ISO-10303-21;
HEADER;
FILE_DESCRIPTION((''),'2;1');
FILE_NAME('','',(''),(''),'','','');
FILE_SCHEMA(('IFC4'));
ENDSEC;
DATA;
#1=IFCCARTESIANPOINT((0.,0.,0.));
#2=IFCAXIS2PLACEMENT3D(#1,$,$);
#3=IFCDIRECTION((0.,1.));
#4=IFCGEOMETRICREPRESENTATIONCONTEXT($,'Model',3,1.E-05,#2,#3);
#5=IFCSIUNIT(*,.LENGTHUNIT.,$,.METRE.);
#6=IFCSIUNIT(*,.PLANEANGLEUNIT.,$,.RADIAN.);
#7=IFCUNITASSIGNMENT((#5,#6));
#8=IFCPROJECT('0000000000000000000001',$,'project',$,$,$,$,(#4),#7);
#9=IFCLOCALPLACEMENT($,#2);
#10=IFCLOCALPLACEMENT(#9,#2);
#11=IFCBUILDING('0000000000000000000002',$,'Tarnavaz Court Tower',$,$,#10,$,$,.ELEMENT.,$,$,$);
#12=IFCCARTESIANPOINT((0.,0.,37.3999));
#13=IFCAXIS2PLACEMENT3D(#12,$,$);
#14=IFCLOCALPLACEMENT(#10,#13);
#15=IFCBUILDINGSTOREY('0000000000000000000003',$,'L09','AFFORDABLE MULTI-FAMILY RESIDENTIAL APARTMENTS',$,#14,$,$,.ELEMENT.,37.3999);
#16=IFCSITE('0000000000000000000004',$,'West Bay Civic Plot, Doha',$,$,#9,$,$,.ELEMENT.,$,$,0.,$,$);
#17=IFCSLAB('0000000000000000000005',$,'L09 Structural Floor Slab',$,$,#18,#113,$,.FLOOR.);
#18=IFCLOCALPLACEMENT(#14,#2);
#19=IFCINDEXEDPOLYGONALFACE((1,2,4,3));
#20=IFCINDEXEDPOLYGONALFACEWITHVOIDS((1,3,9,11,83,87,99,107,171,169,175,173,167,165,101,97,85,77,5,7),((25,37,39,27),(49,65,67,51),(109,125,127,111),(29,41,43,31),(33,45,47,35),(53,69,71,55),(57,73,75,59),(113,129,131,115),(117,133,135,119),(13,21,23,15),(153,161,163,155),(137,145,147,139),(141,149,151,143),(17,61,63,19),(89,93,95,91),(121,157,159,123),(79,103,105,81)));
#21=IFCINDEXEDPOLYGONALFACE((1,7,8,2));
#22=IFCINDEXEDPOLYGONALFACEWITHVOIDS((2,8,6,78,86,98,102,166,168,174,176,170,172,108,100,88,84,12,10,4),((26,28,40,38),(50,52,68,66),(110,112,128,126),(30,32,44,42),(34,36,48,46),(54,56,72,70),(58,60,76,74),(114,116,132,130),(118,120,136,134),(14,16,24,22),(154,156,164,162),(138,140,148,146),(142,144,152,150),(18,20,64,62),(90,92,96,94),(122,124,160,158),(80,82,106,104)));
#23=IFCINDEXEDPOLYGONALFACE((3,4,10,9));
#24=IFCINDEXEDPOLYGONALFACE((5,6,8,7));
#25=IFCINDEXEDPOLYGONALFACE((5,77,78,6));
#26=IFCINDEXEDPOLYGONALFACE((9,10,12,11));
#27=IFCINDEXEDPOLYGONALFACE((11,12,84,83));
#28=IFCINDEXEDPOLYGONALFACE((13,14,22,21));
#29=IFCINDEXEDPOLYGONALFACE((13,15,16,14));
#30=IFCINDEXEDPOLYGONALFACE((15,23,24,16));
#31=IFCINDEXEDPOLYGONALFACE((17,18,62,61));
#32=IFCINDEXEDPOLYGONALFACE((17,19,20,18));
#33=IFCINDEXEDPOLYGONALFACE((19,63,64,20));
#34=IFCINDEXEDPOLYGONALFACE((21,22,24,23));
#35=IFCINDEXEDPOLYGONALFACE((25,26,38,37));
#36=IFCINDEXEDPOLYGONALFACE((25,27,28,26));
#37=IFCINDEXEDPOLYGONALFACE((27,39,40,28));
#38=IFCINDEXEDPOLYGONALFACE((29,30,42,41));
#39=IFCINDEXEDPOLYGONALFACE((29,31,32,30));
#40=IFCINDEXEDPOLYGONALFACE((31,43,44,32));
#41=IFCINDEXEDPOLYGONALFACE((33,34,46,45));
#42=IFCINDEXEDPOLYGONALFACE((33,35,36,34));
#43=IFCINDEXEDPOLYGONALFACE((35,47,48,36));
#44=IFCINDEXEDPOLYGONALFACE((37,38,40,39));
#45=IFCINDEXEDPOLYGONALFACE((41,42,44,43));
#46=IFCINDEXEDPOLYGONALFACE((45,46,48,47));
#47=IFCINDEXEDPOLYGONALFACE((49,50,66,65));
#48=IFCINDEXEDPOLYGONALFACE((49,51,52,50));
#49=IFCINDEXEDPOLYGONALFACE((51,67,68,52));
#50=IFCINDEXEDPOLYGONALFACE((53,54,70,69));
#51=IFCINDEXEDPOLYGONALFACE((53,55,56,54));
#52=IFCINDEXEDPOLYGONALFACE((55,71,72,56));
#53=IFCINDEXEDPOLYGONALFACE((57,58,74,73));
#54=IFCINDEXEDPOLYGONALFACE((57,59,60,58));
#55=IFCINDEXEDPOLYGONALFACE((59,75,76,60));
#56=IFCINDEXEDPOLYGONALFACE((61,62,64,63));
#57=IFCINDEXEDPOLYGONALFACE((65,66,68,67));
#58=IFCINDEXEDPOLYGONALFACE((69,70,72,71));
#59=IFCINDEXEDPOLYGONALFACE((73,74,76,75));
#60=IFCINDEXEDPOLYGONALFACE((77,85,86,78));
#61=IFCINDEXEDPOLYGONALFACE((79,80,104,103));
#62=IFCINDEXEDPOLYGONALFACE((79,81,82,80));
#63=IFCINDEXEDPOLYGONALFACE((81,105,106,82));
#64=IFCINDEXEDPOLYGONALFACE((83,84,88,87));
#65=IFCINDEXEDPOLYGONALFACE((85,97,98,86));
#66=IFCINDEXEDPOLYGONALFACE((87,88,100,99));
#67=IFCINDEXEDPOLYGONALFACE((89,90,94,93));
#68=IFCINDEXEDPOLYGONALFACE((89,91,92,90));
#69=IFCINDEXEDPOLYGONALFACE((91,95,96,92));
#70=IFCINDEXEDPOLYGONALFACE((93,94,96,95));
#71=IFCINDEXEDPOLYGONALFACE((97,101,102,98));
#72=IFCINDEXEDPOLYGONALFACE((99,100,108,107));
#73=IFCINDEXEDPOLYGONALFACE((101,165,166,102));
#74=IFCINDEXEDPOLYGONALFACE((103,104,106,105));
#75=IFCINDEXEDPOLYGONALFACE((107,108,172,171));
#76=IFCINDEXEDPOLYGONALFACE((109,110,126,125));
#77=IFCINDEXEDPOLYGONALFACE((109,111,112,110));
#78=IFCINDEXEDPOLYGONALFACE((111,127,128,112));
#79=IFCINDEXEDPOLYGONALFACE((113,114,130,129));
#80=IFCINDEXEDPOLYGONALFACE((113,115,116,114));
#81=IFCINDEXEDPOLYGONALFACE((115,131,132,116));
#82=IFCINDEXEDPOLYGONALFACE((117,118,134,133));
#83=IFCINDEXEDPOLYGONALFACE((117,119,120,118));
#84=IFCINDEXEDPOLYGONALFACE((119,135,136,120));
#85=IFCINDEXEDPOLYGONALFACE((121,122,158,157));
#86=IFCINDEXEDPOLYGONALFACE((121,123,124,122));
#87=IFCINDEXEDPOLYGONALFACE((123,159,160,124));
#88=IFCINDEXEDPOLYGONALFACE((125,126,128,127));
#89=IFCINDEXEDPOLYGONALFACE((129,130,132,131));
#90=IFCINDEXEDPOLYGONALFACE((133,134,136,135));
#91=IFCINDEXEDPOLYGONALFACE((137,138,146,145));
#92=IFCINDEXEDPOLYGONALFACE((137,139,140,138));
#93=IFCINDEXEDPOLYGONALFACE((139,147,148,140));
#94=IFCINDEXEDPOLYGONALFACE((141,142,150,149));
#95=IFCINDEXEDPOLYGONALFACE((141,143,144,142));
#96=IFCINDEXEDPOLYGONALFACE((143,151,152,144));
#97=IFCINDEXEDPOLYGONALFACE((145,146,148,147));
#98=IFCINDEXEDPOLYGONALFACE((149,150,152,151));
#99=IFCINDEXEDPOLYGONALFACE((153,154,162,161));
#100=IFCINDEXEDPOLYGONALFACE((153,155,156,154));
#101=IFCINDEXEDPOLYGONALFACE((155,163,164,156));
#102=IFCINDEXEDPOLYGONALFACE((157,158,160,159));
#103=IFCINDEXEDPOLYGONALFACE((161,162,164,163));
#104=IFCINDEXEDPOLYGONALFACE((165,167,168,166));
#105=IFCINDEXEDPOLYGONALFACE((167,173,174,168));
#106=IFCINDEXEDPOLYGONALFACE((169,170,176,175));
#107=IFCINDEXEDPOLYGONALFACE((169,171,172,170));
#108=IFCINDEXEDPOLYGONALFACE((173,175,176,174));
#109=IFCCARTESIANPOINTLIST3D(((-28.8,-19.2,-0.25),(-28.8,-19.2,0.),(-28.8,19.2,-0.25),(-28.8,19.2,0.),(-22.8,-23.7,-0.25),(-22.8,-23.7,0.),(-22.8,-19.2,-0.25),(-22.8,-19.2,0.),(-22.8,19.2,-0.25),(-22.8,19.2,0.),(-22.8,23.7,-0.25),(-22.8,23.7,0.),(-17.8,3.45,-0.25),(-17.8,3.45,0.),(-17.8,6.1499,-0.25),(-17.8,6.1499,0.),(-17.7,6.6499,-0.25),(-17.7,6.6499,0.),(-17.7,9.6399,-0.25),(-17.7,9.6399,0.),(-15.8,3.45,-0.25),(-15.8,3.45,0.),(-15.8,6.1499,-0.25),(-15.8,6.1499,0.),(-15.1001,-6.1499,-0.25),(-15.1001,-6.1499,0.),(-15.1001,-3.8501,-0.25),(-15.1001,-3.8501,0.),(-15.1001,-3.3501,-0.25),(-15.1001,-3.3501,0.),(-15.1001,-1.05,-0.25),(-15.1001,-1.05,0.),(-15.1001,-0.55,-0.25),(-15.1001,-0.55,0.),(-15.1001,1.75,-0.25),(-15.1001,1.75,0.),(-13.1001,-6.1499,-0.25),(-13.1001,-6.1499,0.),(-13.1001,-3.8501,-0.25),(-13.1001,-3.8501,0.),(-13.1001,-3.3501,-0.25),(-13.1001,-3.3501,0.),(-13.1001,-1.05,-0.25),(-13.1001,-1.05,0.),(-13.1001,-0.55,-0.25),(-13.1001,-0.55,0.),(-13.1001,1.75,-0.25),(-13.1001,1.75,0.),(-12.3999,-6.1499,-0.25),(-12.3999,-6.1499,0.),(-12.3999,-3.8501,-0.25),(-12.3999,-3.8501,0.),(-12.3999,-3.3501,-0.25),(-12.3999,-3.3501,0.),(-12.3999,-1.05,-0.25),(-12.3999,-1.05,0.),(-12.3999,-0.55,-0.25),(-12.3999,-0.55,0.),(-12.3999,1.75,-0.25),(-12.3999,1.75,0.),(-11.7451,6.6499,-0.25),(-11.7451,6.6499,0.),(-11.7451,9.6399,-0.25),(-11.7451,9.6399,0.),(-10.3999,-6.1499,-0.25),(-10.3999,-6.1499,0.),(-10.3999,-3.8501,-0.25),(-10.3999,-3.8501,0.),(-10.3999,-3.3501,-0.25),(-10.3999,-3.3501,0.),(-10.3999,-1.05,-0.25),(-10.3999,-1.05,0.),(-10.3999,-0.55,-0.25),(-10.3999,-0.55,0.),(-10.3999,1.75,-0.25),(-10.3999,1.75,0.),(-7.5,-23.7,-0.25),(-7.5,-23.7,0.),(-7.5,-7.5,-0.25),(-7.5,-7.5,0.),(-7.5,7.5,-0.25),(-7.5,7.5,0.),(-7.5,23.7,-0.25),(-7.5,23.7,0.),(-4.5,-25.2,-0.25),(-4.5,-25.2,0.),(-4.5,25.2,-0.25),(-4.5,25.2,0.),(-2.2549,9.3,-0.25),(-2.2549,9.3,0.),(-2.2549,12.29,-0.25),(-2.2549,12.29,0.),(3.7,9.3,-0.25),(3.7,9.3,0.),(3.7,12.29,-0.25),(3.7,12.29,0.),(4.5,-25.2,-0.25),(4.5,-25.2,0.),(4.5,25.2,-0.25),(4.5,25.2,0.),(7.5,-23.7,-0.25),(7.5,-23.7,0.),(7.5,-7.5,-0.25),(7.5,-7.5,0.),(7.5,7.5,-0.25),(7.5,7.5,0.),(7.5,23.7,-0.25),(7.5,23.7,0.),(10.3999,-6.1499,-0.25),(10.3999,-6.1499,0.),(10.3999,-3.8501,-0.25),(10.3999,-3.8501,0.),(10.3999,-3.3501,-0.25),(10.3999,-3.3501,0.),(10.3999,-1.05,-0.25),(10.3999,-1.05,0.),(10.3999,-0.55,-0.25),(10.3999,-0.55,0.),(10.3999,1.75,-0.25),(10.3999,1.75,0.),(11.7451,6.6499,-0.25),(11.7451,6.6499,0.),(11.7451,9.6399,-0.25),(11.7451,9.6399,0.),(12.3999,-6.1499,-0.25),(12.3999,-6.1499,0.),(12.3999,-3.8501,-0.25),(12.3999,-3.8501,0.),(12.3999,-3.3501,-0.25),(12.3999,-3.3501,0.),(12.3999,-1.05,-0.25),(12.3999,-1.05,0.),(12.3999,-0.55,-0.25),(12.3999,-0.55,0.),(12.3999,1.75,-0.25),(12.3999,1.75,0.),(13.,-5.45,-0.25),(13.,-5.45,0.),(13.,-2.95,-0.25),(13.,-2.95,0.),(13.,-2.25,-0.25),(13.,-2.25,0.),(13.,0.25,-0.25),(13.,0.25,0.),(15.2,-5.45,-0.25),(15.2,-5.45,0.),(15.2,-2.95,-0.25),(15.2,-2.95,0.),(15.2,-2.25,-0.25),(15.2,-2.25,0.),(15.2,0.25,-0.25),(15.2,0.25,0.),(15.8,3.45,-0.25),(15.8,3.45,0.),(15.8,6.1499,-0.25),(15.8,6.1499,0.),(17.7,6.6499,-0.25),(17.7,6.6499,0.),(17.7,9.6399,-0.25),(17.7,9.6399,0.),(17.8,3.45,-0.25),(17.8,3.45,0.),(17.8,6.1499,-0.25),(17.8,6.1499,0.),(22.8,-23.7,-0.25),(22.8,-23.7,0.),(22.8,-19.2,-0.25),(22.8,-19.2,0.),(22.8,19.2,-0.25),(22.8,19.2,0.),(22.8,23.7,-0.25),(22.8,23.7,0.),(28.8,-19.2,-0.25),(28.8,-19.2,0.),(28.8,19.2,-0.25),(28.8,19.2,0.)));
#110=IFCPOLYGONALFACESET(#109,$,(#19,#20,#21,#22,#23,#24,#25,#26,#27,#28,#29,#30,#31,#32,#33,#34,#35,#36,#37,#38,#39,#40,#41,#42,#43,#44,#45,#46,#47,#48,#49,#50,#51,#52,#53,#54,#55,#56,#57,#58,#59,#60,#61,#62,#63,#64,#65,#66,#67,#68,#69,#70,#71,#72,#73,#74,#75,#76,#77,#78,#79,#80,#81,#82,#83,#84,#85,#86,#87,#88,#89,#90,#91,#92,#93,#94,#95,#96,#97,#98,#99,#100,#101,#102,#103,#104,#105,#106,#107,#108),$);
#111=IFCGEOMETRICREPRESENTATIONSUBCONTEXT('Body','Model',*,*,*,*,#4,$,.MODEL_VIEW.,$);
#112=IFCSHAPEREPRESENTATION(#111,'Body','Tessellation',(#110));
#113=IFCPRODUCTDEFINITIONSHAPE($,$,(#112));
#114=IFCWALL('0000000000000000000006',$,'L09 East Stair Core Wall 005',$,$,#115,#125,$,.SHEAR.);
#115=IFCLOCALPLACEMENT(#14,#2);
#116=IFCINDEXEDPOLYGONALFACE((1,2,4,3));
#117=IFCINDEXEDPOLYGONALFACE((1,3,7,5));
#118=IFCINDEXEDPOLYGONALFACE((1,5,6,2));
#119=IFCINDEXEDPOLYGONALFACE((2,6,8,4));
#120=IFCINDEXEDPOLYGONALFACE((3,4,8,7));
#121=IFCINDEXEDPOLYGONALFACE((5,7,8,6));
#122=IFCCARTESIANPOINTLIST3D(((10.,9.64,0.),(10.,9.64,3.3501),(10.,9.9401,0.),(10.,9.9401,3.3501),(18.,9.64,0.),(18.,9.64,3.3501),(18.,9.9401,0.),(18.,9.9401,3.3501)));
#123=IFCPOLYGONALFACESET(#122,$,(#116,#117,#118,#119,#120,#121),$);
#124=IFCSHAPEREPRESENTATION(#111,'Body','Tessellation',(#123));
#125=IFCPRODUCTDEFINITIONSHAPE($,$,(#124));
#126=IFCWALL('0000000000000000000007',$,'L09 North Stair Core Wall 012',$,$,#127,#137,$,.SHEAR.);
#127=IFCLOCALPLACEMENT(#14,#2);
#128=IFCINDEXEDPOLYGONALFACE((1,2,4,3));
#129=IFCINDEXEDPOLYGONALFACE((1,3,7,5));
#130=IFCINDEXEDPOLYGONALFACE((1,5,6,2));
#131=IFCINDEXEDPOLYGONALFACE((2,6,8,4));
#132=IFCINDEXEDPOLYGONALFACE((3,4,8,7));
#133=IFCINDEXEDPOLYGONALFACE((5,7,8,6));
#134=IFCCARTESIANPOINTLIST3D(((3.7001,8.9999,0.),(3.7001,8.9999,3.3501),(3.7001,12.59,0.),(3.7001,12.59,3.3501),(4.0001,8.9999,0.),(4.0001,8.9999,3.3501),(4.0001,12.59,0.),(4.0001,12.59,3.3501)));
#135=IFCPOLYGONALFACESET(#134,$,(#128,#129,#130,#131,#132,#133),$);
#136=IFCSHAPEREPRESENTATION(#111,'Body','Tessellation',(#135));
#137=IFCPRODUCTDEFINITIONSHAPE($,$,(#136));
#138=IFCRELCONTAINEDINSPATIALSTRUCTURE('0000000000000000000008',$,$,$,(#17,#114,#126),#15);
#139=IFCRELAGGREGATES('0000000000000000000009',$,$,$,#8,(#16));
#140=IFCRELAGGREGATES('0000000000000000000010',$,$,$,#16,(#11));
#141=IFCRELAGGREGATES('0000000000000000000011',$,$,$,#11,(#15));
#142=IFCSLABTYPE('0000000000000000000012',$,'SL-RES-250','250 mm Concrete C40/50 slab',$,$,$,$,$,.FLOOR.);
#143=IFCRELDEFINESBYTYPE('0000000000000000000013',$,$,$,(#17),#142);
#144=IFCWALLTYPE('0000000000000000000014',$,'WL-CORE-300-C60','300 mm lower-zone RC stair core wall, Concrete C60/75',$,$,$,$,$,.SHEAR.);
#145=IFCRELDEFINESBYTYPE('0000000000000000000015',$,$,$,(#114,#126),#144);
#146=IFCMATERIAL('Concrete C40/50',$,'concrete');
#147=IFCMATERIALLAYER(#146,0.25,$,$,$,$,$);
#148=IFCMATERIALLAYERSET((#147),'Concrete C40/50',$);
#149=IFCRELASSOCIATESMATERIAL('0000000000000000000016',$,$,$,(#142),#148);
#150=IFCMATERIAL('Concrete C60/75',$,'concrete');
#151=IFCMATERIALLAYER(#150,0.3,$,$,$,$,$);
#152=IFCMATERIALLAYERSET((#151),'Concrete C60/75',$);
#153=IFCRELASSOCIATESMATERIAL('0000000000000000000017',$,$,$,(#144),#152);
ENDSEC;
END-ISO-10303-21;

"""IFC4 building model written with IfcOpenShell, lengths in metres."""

from ifc_helpers import new_model, si_unit, direction, frame, frame_2d, origin, place, context, subcontext, project, spatial, polyline, rectangle, outline, extrude, material, layer, layer_set, type_object, element, save


model = new_model("IFC4")

# Units and contexts
model_context = context("Model", 3, precision=1e-05, world=origin(), true_north=direction((0.0, 1.0)))
body_context = subcontext(model_context, "Body", "Model", "MODEL_VIEW")
ifc_project = project(units=[si_unit("LENGTHUNIT", "METRE"), si_unit("PLANEANGLEUNIT", "RADIAN")], contexts=[model_context])

# Site, building, storey
site_placement = place(None, origin())
site = spatial("IfcSite", under=ifc_project, at=site_placement, Name="West Bay Civic Plot, Doha", CompositionType="ELEMENT", RefElevation=0.0)
building_placement = place(site_placement, origin())
building = spatial("IfcBuilding", under=site, at=building_placement, Name="Tarnavaz Court Tower", CompositionType="ELEMENT")
storey_placement = place(building_placement, frame((0.0, 0.0, 37.3999)))
storey = spatial("IfcBuildingStorey", under=building, at=storey_placement, Name="L09", Description="AFFORDABLE MULTI-FAMILY RESIDENTIAL APARTMENTS", CompositionType="ELEMENT", Elevation=37.3999)

# Shared definitions
ifc_material_1 = material(Name="Concrete C60/75", Category="concrete")

# Shared definitions
ifc_material_2 = material(Name="Concrete C40/50", Category="concrete")

# Slab
ifc_layer_1 = layer(ifc_material_2, 0.25)
ifc_layer_set_1 = layer_set([ifc_layer_1], Name="Concrete C40/50")
slab_type_1 = type_object("IfcSlabType", Name="SL-RES-250", Description="250 mm Concrete C40/50 slab", PredefinedType="FLOOR", material=ifc_layer_set_1)
slab_1_placement = place(storey_placement, frame((0.0, 0.0, -0.25)))
element("IfcSlab", 1, at=slab_1_placement, inside=storey, type_object=slab_type_1, Name="L09 Structural Floor Slab", PredefinedType="FLOOR", context=body_context, shape_type="SweptSolid", body=[
    extrude(outline(polyline([(-22.8, -23.7), (-7.5, -23.7), (-4.5, -25.2), (4.5, -25.2), (7.5, -23.7), (22.8, -23.7), (22.8, -19.2), (28.8, -19.2), (28.8, 19.2), (22.8, 19.2), (22.8, 23.7), (7.5, 23.7), (4.5, 25.2), (-4.5, 25.2), (-7.5, 23.7), (-22.8, 23.7), (-22.8, 19.2), (-28.8, 19.2), (-28.8, -19.2), (-22.8, -19.2), (-22.8, -23.7)]), holes=[polyline([(-7.5, -7.5), (7.5, -7.5), (7.5, 7.5), (-7.5, 7.5), (-7.5, -7.5)]), polyline([(-11.7451, 9.6399), (-17.7, 9.6399), (-17.7, 6.6499), (-11.7451, 6.6499), (-11.7451, 9.6399)]), polyline([(11.7451, 6.6499), (17.7, 6.6499), (17.7, 9.6399), (11.7451, 9.6399), (11.7451, 6.6499)]), polyline([(-2.2549, 9.3), (3.7, 9.3), (3.7, 12.29), (-2.2549, 12.29), (-2.2549, 9.3)]), polyline([(-17.8, 3.45), (-15.8, 3.45), (-15.8, 6.1499), (-17.8, 6.1499), (-17.8, 3.45)]), polyline([(-12.3999, -6.1499), (-10.3999, -6.1499), (-10.3999, -3.8501), (-12.3999, -3.8501), (-12.3999, -6.1499)]), polyline([(-12.3999, -3.3501), (-10.3999, -3.3501), (-10.3999, -1.05), (-12.3999, -1.05), (-12.3999, -3.3501)]), polyline([(-12.3999, -0.55), (-10.3999, -0.55), (-10.3999, 1.75), (-12.3999, 1.75), (-12.3999, -0.55)]), polyline([(-15.1001, -6.1499), (-13.1001, -6.1499), (-13.1001, -3.8501), (-15.1001, -3.8501), (-15.1001, -6.1499)]), polyline([(-15.1001, -3.3501), (-13.1001, -3.3501), (-13.1001, -1.05), (-15.1001, -1.05), (-15.1001, -3.3501)]), polyline([(-15.1001, -0.55), (-13.1001, -0.55), (-13.1001, 1.75), (-15.1001, 1.75), (-15.1001, -0.55)]), polyline([(15.8, 3.45), (17.8, 3.45), (17.8, 6.1499), (15.8, 6.1499), (15.8, 3.45)]), polyline([(10.3999, -6.1499), (12.3999, -6.1499), (12.3999, -3.8501), (10.3999, -3.8501), (10.3999, -6.1499)]), polyline([(10.3999, -3.3501), (12.3999, -3.3501), (12.3999, -1.05), (10.3999, -1.05), (10.3999, -3.3501)]), polyline([(10.3999, -0.55), (12.3999, -0.55), (12.3999, 1.75), (10.3999, 1.75), (10.3999, -0.55)]), polyline([(13.0, -5.45), (15.2, -5.45), (15.2, -2.95), (13.0, -2.95), (13.0, -5.45)]), polyline([(13.0, -2.25), (15.2, -2.25), (15.2, 0.25), (13.0, 0.25), (13.0, -2.25)])]), origin(), (0.0, 0.0, 1.0), 0.25),
])

# Wall
ifc_layer_2 = layer(ifc_material_1, 0.3)
ifc_layer_set_2 = layer_set([ifc_layer_2], Name="Concrete C60/75")
wall_type_1 = type_object("IfcWallType", Name="WL-CORE-300-C60", Description="300 mm lower-zone RC stair core wall, Concrete C60/75", PredefinedType="SHEAR", material=ifc_layer_set_2)
wall_1_placement = place(storey_placement, frame((10.0, 9.79, 0.0), z_axis=(0.0, 0.0, 1.0), x_axis=(1.0, 0.0, 0.0)))
element("IfcWall", 2, at=wall_1_placement, inside=storey, type_object=wall_type_1, Name="L09 East Stair Core Wall 005", PredefinedType="SHEAR", context=body_context, shape_type="SweptSolid", body=[
    extrude(rectangle(XDim=8.0, YDim=0.3, at=frame_2d((4.0, 0.0))), origin(), (0.0, 0.0, 1.0), 3.3501),
])

# Wall
wall_2_placement = place(storey_placement, frame((3.8501, 9.0, 0.0), z_axis=(0.0, 0.0, 1.0), x_axis=(0.0, 1.0, 0.0)))
element("IfcWall", 3, at=wall_2_placement, inside=storey, type_object=wall_type_1, Name="L09 North Stair Core Wall 012", PredefinedType="SHEAR", context=body_context, shape_type="SweptSolid", body=[
    extrude(rectangle(XDim=3.5901, YDim=0.3, at=frame_2d((1.7949, 0.0))), origin(), (0.0, 0.0, 1.0), 3.3501),
])

save(model, "model.ifc")
